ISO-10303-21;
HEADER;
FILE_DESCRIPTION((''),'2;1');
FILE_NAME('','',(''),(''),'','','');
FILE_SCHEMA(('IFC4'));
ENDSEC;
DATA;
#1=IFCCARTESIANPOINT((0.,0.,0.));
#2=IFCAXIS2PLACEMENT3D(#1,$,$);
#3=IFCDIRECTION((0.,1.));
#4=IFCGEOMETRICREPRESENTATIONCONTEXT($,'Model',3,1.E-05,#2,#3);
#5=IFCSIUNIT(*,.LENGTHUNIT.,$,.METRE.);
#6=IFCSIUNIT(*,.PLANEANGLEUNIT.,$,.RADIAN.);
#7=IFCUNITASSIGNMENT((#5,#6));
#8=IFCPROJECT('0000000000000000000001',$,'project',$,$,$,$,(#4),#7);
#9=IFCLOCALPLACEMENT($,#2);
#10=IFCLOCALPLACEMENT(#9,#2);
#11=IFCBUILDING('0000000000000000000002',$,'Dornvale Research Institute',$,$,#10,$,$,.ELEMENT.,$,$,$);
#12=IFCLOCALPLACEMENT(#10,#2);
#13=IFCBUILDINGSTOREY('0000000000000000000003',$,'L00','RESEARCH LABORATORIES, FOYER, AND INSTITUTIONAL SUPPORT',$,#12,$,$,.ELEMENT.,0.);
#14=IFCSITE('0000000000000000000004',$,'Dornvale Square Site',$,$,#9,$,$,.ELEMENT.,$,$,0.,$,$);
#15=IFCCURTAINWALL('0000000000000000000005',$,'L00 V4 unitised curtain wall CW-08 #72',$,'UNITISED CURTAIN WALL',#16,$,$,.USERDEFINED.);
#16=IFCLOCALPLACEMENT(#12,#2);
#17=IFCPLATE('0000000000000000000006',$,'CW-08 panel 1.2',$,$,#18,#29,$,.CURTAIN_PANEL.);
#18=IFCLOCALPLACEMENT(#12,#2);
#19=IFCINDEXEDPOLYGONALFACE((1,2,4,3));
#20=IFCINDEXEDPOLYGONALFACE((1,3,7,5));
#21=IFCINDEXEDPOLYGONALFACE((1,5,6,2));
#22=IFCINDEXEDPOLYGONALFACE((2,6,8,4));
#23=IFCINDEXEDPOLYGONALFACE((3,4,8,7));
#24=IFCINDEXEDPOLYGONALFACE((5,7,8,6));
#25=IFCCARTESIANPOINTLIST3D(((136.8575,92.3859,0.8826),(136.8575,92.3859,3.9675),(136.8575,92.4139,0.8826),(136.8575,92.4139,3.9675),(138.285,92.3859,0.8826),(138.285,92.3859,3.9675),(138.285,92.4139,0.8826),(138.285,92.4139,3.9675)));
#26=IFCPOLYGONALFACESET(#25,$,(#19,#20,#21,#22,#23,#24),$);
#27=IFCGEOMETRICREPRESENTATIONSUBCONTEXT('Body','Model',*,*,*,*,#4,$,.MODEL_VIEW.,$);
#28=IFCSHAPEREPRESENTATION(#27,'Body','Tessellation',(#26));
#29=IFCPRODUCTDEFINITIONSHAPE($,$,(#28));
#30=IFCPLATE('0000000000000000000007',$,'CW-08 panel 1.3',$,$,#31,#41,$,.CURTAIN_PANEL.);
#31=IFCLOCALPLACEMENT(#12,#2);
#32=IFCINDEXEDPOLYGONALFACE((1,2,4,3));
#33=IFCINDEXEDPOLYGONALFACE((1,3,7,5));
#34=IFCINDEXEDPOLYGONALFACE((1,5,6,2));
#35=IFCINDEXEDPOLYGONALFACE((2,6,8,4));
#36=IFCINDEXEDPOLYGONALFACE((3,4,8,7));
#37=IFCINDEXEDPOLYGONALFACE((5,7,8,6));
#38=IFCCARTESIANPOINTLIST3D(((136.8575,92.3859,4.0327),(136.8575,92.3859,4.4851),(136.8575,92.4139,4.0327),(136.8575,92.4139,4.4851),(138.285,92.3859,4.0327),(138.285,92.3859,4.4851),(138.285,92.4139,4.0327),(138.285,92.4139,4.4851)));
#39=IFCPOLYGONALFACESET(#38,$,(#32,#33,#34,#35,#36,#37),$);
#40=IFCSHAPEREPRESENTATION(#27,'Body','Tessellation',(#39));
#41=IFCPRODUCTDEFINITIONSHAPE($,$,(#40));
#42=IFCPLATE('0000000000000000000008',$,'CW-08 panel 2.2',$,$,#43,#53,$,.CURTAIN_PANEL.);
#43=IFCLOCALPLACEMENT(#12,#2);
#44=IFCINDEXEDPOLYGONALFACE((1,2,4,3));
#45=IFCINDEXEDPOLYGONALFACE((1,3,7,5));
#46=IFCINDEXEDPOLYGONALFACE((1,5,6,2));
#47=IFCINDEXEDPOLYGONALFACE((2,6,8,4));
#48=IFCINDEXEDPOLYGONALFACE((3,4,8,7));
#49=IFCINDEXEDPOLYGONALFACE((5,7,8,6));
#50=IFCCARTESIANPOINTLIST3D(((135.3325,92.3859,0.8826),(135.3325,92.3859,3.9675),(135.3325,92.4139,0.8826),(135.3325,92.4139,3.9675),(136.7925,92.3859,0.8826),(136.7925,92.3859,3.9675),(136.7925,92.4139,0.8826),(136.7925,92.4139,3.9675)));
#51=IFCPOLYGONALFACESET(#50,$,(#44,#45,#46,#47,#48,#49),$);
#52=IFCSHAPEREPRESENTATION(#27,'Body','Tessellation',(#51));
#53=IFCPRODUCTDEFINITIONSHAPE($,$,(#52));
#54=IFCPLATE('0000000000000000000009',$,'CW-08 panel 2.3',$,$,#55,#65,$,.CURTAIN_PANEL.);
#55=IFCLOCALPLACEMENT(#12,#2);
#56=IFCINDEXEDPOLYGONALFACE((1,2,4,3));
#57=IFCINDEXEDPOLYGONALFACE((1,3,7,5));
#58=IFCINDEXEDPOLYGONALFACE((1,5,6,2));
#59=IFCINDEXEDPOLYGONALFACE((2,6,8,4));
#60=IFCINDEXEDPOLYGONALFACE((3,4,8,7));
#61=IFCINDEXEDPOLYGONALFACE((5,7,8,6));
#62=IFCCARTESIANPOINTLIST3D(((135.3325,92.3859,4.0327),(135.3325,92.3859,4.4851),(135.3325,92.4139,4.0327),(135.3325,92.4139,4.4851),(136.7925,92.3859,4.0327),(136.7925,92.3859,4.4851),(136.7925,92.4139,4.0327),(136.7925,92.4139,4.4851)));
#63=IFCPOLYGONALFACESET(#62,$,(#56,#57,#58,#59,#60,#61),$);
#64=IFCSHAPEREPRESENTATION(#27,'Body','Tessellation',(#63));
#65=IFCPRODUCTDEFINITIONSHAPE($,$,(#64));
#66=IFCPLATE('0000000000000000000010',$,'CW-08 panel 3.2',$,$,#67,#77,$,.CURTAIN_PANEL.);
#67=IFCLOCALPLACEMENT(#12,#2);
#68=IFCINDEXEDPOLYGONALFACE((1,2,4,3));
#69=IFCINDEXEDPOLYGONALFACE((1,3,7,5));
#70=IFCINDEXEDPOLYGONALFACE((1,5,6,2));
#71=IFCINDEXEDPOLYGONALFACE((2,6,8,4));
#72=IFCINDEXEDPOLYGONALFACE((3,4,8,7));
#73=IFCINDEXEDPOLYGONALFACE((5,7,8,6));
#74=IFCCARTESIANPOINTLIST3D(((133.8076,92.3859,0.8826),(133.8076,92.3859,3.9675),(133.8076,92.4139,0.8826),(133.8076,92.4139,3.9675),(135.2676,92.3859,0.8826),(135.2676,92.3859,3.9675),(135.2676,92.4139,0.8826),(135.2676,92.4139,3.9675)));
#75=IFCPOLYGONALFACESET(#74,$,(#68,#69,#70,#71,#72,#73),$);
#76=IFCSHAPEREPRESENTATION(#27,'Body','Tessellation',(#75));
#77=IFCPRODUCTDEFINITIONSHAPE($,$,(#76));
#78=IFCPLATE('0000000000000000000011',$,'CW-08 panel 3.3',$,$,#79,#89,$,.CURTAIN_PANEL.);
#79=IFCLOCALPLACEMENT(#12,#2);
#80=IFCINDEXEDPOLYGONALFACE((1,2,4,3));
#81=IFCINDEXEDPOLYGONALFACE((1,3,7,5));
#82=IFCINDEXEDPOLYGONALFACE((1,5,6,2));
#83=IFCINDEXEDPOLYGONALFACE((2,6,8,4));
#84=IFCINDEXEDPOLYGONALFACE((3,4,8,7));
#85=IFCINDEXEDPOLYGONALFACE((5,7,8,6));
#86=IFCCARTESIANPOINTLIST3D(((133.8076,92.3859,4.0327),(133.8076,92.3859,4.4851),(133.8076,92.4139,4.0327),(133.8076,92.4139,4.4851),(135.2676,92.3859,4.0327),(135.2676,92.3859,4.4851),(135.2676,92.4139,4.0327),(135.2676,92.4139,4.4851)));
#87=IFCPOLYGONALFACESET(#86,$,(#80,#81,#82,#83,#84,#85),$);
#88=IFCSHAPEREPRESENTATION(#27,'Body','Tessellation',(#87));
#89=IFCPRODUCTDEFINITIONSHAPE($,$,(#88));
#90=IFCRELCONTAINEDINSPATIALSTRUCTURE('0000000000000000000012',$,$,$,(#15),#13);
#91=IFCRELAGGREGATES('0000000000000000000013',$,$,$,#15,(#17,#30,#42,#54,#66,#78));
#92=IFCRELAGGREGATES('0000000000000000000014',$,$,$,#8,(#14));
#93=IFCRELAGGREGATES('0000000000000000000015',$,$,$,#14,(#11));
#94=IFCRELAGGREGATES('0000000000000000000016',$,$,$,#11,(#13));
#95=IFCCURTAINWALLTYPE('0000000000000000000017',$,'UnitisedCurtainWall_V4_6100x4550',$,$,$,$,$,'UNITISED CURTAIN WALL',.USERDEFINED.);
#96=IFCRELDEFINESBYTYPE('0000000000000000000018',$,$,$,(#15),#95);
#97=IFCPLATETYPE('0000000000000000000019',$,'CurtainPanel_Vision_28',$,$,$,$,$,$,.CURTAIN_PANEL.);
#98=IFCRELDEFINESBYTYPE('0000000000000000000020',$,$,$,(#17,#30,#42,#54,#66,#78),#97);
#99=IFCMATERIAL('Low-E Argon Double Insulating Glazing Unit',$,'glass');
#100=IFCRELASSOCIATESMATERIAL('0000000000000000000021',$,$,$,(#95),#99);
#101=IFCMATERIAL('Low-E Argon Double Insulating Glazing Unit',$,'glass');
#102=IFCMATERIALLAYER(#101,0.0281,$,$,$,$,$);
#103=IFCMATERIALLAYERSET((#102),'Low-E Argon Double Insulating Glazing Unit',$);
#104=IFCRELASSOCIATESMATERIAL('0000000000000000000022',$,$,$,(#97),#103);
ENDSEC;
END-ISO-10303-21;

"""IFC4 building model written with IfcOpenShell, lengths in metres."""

from ifc_helpers import new_model, si_unit, direction, frame, origin, origin_2d, place, context, subcontext, project, spatial, rectangle, extrude, material, layer, layer_set, type_object, element, aggregate, save


model = new_model("IFC4")

# Units and contexts
model_context = context("Model", 3, precision=1e-05, world=origin(), true_north=direction((0.0, 1.0)))
body_context = subcontext(model_context, "Body", "Model", "MODEL_VIEW")
ifc_project = project(units=[si_unit("LENGTHUNIT", "METRE"), si_unit("PLANEANGLEUNIT", "RADIAN")], contexts=[model_context])

# Site, building, storey
site_placement = place(None, origin())
site = spatial("IfcSite", under=ifc_project, at=site_placement, Name="Dornvale Square Site", CompositionType="ELEMENT", RefElevation=0.0)
building_placement = place(site_placement, origin())
building = spatial("IfcBuilding", under=site, at=building_placement, Name="Dornvale Research Institute", CompositionType="ELEMENT")
storey_placement = place(building_placement, origin())
storey = spatial("IfcBuildingStorey", under=building, at=storey_placement, Name="L00", Description="RESEARCH LABORATORIES, FOYER, AND INSTITUTIONAL SUPPORT", CompositionType="ELEMENT", Elevation=0.0)

# Curtain wall, plates
ifc_material_1 = material(Name="Low-E Argon Double Insulating Glazing Unit", Category="glass")
curtain_wall_type = type_object("IfcCurtainWallType", Name="UnitisedCurtainWall_V4_6100x4550", ElementType="UNITISED CURTAIN WALL", PredefinedType="USERDEFINED", material=ifc_material_1)
curtain_wall_placement = place(storey_placement, origin())
curtain_wall = element("IfcCurtainWall", 1, at=curtain_wall_placement, inside=storey, type_object=curtain_wall_type, Name="L00 V4 unitised curtain wall CW-08 #72", ObjectType="UNITISED CURTAIN WALL", PredefinedType="USERDEFINED")
ifc_material_2 = material(Name="Low-E Argon Double Insulating Glazing Unit", Category="glass")
ifc_layer_1 = layer(ifc_material_2, 0.0281)
ifc_layer_set_1 = layer_set([ifc_layer_1], Name="Low-E Argon Double Insulating Glazing Unit")
plate_type_1 = type_object("IfcPlateType", Name="CurtainPanel_Vision_28", PredefinedType="CURTAIN_PANEL", material=ifc_layer_set_1)
plate_1_placement = place(storey_placement, frame((137.5713, 92.3999, 0.8826), z_axis=(0.0, 0.0, 1.0), x_axis=(-1.0, 0.0, 0.0)))
plate_1 = element("IfcPlate", 2, at=plate_1_placement, type_object=plate_type_1, Name="CW-08 panel 1.2", PredefinedType="CURTAIN_PANEL", context=body_context, shape_type="SweptSolid", body=[
    extrude(rectangle(XDim=1.4275, YDim=0.0281, at=origin_2d()), origin(), (0.0, 0.0, 1.0), 3.085),
])
plate_2_placement = place(storey_placement, frame((137.5713, 92.3999, 4.0327), z_axis=(0.0, 0.0, 1.0), x_axis=(-1.0, 0.0, 0.0)))
plate_2 = element("IfcPlate", 3, at=plate_2_placement, type_object=plate_type_1, Name="CW-08 panel 1.3", PredefinedType="CURTAIN_PANEL", context=body_context, shape_type="SweptSolid", body=[
    extrude(rectangle(XDim=1.4275, YDim=0.0281, at=origin_2d()), origin(), (0.0, 0.0, 1.0), 0.4524),
])
plate_3_placement = place(storey_placement, frame((136.0625, 92.3999, 0.8826), z_axis=(0.0, 0.0, 1.0), x_axis=(-1.0, 0.0, 0.0)))
plate_3 = element("IfcPlate", 4, at=plate_3_placement, type_object=plate_type_1, Name="CW-08 panel 2.2", PredefinedType="CURTAIN_PANEL", context=body_context, shape_type="SweptSolid", body=[
    extrude(rectangle(XDim=1.46, YDim=0.0281, at=origin_2d()), origin(), (0.0, 0.0, 1.0), 3.085),
])
plate_4_placement = place(storey_placement, frame((136.0625, 92.3999, 4.0327), z_axis=(0.0, 0.0, 1.0), x_axis=(-1.0, 0.0, 0.0)))
plate_4 = element("IfcPlate", 5, at=plate_4_placement, type_object=plate_type_1, Name="CW-08 panel 2.3", PredefinedType="CURTAIN_PANEL", context=body_context, shape_type="SweptSolid", body=[
    extrude(rectangle(XDim=1.46, YDim=0.0281, at=origin_2d()), origin(), (0.0, 0.0, 1.0), 0.4524),
])
plate_5_placement = place(storey_placement, frame((134.5376, 92.3999, 0.8826), z_axis=(0.0, 0.0, 1.0), x_axis=(-1.0, 0.0, 0.0)))
plate_5 = element("IfcPlate", 6, at=plate_5_placement, type_object=plate_type_1, Name="CW-08 panel 3.2", PredefinedType="CURTAIN_PANEL", context=body_context, shape_type="SweptSolid", body=[
    extrude(rectangle(XDim=1.46, YDim=0.0281, at=origin_2d()), origin(), (0.0, 0.0, 1.0), 3.085),
])
plate_6_placement = place(storey_placement, frame((134.5376, 92.3999, 4.0327), z_axis=(0.0, 0.0, 1.0), x_axis=(-1.0, 0.0, 0.0)))
plate_6 = element("IfcPlate", 7, at=plate_6_placement, type_object=plate_type_1, Name="CW-08 panel 3.3", PredefinedType="CURTAIN_PANEL", context=body_context, shape_type="SweptSolid", body=[
    extrude(rectangle(XDim=1.46, YDim=0.0281, at=origin_2d()), origin(), (0.0, 0.0, 1.0), 0.4524),
])
aggregate(curtain_wall, [plate_1, plate_2, plate_3, plate_4, plate_5, plate_6])

save(model, "model.ifc")
